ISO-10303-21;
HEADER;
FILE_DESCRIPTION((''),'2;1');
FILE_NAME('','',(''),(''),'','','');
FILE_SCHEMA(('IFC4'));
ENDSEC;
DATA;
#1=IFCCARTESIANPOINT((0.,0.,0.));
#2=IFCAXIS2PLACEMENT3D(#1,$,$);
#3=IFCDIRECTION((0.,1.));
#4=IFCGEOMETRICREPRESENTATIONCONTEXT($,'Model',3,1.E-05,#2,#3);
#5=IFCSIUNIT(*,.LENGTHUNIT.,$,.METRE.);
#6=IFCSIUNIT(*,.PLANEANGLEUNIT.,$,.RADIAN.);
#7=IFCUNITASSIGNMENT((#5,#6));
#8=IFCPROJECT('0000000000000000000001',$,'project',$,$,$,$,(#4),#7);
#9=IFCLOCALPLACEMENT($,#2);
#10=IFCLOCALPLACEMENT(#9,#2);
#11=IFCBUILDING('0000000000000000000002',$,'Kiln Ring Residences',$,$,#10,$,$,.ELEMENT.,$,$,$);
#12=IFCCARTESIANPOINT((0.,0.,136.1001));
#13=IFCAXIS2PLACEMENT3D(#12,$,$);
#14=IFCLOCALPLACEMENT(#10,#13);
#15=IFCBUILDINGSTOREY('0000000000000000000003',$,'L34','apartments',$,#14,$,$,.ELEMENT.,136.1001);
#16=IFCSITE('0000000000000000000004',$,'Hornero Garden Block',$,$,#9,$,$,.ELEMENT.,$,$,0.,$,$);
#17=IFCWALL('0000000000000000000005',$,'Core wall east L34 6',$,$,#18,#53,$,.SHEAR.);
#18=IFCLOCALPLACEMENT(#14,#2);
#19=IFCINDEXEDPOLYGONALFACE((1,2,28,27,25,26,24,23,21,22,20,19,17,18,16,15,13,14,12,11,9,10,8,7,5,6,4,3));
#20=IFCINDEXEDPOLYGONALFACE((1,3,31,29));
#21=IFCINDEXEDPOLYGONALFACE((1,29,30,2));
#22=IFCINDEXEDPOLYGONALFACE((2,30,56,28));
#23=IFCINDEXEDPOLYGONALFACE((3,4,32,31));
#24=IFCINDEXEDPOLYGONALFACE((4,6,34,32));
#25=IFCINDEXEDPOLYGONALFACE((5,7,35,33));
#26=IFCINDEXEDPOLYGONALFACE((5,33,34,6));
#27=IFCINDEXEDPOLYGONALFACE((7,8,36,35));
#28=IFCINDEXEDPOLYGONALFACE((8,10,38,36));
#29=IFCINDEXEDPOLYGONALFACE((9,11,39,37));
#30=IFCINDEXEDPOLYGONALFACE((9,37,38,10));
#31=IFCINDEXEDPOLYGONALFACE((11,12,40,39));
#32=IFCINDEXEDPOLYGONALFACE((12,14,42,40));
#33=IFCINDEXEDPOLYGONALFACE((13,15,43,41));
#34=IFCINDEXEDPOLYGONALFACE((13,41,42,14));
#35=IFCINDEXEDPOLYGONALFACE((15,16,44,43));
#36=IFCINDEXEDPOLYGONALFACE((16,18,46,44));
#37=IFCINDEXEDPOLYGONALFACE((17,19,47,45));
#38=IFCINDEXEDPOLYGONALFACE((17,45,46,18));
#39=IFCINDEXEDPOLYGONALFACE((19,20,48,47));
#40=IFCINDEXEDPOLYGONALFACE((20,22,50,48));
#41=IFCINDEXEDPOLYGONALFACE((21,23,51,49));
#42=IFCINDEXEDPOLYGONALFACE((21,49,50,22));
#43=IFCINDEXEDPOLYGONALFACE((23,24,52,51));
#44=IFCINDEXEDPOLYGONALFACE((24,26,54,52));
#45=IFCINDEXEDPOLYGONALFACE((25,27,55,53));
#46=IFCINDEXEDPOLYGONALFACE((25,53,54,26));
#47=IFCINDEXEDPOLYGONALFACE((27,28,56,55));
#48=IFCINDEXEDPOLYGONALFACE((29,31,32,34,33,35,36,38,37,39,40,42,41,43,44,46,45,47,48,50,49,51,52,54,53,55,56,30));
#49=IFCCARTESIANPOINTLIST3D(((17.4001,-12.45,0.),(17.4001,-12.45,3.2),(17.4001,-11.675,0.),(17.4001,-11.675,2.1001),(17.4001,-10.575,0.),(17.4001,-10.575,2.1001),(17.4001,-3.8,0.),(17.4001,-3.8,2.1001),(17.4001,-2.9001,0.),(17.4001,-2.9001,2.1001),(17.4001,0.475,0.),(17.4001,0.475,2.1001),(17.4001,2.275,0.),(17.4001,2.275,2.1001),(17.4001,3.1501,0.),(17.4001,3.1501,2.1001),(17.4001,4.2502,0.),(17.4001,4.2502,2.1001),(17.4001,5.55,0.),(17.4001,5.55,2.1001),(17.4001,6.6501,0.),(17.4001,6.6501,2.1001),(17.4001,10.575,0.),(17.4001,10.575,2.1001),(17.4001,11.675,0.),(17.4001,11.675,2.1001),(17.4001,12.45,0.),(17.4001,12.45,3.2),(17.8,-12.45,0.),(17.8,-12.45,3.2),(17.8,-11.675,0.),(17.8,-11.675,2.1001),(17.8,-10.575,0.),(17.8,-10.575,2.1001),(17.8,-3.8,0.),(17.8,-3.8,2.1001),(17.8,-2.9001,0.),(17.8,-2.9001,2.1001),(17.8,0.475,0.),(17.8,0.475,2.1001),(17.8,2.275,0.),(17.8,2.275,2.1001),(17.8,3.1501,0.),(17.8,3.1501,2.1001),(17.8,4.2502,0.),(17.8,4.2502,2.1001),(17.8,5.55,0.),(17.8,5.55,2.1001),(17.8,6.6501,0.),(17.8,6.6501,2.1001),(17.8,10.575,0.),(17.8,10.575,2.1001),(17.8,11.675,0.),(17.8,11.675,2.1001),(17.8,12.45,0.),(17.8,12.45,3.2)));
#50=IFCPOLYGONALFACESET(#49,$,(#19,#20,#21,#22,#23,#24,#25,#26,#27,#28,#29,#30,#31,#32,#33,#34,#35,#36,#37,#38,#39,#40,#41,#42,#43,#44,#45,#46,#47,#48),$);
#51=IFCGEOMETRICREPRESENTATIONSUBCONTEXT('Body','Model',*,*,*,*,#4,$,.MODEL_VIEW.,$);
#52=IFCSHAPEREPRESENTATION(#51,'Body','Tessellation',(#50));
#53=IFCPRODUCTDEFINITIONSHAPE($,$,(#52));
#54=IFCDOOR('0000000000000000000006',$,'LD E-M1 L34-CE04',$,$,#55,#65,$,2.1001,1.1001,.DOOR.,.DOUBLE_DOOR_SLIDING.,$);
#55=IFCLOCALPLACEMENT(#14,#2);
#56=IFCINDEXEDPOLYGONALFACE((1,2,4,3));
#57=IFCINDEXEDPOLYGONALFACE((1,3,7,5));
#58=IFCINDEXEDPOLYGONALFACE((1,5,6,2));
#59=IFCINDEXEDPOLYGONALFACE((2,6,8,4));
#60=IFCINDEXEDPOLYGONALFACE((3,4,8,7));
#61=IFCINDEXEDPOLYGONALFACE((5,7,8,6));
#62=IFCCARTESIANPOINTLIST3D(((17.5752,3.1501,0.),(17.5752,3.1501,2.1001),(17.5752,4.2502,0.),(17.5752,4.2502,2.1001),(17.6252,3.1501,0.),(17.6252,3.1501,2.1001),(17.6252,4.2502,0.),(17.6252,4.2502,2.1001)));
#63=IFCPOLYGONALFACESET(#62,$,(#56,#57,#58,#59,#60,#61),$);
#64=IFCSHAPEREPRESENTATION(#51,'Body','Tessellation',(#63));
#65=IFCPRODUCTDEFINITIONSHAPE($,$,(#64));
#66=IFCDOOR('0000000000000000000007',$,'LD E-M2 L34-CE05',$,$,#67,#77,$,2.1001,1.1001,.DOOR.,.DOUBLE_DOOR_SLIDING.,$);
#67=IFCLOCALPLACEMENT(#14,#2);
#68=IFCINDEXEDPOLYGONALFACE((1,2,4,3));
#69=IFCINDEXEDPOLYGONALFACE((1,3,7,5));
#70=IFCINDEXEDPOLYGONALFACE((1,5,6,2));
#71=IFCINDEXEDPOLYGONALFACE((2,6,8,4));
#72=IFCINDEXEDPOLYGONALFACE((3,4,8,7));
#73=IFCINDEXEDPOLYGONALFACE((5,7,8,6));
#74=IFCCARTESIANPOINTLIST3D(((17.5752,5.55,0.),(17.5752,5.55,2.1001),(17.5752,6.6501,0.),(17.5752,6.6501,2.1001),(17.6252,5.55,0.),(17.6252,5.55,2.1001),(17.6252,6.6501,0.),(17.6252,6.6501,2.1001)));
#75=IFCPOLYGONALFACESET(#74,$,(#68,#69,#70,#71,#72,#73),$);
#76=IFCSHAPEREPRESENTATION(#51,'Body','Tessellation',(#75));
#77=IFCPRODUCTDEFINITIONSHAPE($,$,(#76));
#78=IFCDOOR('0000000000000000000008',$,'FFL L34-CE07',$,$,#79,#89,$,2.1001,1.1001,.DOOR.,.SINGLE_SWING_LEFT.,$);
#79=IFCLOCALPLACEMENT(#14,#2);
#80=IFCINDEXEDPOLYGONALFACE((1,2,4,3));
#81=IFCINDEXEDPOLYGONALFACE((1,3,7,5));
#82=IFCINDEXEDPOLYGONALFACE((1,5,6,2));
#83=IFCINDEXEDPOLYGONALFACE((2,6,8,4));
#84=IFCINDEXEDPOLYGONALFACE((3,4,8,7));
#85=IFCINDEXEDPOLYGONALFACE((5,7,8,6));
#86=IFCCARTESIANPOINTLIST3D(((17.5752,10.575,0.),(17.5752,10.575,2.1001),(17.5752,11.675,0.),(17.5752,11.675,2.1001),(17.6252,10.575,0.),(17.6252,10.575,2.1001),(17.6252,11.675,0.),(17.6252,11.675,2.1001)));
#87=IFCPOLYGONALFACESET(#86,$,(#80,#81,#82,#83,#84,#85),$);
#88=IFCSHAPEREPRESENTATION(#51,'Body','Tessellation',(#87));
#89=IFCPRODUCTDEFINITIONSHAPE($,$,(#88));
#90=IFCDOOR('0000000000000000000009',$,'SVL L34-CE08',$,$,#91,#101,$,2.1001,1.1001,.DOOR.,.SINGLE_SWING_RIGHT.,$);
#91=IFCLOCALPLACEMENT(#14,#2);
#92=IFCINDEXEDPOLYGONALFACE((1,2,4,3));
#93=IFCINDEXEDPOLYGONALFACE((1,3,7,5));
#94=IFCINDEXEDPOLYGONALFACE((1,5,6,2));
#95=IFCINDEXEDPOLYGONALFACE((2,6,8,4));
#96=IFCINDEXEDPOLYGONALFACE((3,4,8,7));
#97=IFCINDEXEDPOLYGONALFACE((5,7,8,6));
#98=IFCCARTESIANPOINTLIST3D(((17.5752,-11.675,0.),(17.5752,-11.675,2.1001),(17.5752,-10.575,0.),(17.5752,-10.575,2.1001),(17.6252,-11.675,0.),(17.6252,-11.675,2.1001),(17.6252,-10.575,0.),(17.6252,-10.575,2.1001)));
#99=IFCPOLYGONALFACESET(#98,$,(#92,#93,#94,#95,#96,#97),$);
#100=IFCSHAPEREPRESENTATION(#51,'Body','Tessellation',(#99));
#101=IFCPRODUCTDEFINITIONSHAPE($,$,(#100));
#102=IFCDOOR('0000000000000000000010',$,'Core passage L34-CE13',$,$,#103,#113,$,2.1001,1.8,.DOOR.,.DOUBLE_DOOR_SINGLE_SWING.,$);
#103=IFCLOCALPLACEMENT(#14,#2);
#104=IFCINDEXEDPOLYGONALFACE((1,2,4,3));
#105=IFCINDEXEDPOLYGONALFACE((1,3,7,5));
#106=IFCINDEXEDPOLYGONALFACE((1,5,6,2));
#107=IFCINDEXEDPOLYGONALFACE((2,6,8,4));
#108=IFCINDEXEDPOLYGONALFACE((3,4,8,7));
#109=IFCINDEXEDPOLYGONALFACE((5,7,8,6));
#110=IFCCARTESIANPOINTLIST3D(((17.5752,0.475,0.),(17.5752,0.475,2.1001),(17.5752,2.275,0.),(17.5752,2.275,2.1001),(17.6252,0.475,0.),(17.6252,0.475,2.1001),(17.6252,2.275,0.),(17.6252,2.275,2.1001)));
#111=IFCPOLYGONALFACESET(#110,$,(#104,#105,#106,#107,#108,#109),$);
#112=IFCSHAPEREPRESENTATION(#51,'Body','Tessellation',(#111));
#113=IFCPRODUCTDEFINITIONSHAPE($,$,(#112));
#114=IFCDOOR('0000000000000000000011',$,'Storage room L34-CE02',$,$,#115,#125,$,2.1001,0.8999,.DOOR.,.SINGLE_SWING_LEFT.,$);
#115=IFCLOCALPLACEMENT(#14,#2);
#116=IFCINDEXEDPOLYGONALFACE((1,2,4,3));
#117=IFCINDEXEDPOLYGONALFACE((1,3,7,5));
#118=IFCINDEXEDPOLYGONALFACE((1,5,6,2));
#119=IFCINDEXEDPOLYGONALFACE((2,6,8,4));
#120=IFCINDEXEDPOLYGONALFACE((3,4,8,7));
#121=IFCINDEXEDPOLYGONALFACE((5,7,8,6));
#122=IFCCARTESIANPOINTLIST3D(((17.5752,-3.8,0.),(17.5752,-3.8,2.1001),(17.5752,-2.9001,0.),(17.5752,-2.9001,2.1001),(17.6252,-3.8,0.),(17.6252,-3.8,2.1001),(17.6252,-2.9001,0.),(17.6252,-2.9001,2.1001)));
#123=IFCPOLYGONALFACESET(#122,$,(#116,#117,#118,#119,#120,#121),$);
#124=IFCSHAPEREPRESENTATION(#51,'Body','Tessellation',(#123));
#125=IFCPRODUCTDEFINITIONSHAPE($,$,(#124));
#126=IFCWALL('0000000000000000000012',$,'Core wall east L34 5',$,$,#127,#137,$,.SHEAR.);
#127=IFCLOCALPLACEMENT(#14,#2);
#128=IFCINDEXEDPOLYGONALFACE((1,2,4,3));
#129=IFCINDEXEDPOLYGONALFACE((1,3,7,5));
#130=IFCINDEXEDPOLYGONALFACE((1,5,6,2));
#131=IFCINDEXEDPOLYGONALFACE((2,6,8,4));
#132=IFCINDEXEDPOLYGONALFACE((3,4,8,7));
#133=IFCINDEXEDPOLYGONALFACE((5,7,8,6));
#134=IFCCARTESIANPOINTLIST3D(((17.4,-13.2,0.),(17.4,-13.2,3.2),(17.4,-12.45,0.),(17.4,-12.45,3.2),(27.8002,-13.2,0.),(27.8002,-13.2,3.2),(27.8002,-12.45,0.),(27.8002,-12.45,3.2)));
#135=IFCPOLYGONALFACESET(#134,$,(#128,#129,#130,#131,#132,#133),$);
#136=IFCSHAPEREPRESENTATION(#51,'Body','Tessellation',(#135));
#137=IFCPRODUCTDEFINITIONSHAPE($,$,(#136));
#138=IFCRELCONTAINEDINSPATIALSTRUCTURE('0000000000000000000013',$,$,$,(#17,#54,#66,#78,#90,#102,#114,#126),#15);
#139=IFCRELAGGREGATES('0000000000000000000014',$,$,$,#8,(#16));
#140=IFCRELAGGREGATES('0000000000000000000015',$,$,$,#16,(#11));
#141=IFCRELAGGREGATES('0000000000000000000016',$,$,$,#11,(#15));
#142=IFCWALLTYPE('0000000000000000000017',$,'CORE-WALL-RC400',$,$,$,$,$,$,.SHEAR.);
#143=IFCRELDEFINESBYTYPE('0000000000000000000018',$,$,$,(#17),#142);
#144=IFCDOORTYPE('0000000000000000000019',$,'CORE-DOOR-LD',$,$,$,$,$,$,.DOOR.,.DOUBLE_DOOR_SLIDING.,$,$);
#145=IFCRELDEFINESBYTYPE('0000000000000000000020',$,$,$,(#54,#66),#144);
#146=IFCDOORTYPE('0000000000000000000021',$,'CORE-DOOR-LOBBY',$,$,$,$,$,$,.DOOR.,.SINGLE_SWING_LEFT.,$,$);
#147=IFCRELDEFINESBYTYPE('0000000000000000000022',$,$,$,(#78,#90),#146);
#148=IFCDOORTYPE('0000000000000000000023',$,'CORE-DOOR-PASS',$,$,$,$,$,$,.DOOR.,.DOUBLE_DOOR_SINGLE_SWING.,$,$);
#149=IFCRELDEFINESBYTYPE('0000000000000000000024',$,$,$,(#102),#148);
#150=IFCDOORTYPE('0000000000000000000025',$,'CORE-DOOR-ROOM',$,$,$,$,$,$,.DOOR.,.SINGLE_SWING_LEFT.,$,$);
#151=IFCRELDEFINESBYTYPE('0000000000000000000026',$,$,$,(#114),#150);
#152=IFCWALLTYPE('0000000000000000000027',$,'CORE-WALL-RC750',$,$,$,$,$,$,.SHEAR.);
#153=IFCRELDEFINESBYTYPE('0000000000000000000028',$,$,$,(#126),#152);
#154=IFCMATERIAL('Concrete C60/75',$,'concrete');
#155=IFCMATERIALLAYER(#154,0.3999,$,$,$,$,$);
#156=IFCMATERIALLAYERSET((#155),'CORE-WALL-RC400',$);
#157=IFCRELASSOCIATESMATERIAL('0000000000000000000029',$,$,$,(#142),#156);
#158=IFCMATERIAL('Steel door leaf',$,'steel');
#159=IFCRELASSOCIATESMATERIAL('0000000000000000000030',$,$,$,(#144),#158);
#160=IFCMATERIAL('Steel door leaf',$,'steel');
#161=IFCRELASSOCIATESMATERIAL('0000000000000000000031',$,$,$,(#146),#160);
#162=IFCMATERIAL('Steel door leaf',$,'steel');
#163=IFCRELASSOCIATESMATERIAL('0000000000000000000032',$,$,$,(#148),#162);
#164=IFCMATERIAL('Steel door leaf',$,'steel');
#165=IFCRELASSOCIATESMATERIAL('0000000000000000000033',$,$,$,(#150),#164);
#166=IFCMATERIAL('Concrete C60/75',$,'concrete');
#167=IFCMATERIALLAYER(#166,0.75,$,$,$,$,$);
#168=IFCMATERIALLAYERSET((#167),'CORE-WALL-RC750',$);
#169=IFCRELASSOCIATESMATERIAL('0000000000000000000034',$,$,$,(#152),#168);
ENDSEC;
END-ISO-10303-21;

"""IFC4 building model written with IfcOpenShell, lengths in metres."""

from ifc_helpers import new_model, si_unit, direction, frame, frame_2d, origin, place, context, subcontext, project, spatial, rectangle, extrude, material, layer, layer_set, type_object, element, fill, save


model = new_model("IFC4")

# Units and contexts
model_context = context("Model", 3, precision=1e-05, world=origin(), true_north=direction((0.0, 1.0)))
body_context = subcontext(model_context, "Body", "Model", "MODEL_VIEW")
ifc_project = project(units=[si_unit("LENGTHUNIT", "METRE"), si_unit("PLANEANGLEUNIT", "RADIAN")], contexts=[model_context])

# Site, building, storey
site_placement = place(None, origin())
site = spatial("IfcSite", under=ifc_project, at=site_placement, Name="Hornero Garden Block", CompositionType="ELEMENT", RefElevation=0.0)
building_placement = place(site_placement, origin())
building = spatial("IfcBuilding", under=site, at=building_placement, Name="Kiln Ring Residences", CompositionType="ELEMENT")
storey_placement = place(building_placement, frame((0.0, 0.0, 136.1001)))
storey = spatial("IfcBuildingStorey", under=building, at=storey_placement, Name="L34", Description="apartments", CompositionType="ELEMENT", Elevation=136.1001)

# Wall, openings, doors
ifc_material_1 = material(Name="Concrete C60/75", Category="concrete")
ifc_layer_1 = layer(ifc_material_1, 0.3999)
ifc_layer_set_1 = layer_set([ifc_layer_1], Name="CORE-WALL-RC400")
wall_type_1 = type_object("IfcWallType", Name="CORE-WALL-RC400", PredefinedType="SHEAR", material=ifc_layer_set_1)
wall_1_placement = place(storey_placement, frame((17.6001, -12.45, 0.0), z_axis=(0.0, 0.0, 1.0), x_axis=(0.0, 1.0, 0.0)))
wall_1 = element("IfcWall", 1, at=wall_1_placement, inside=storey, type_object=wall_type_1, Name="Core wall east L34 6", PredefinedType="SHEAR", context=body_context, shape_type="SweptSolid", body=[
    extrude(rectangle(XDim=24.8999, YDim=0.3999, at=frame_2d((12.45, 0.0))), origin(), (0.0, 0.0, 1.0), 3.2),
])
opening_1_placement = place(wall_1_placement, frame((8.6499, 0.0, 0.0)))
opening_1 = element("IfcOpeningElement", 2, at=opening_1_placement, cuts=wall_1, PredefinedType="OPENING", context=body_context, shape_type="SweptSolid", body=[
    extrude(rectangle(XDim=0.8999, YDim=2.1001, at=frame_2d((0.45, 1.05))), frame((0.0, 0.21, 0.0), z_axis=(0.0, -1.0, 0.0), x_axis=(1.0, 0.0, 0.0)), (0.0, 0.0, 1.0), 0.4199),
])
opening_2_placement = place(wall_1_placement, frame((15.6001, 0.0, 0.0)))
opening_2 = element("IfcOpeningElement", 3, at=opening_2_placement, cuts=wall_1, PredefinedType="OPENING", context=body_context, shape_type="SweptSolid", body=[
    extrude(rectangle(XDim=1.1001, YDim=2.1001, at=frame_2d((0.55, 1.05))), frame((0.0, 0.21, 0.0), z_axis=(0.0, -1.0, 0.0), x_axis=(1.0, 0.0, 0.0)), (0.0, 0.0, 1.0), 0.4199),
])
opening_3_placement = place(wall_1_placement, frame((18.0, 0.0, 0.0)))
opening_3 = element("IfcOpeningElement", 4, at=opening_3_placement, cuts=wall_1, PredefinedType="OPENING", context=body_context, shape_type="SweptSolid", body=[
    extrude(rectangle(XDim=1.1001, YDim=2.1001, at=frame_2d((0.55, 1.05))), frame((0.0, 0.21, 0.0), z_axis=(0.0, -1.0, 0.0), x_axis=(1.0, 0.0, 0.0)), (0.0, 0.0, 1.0), 0.4199),
])
opening_4_placement = place(wall_1_placement, frame((23.0249, 0.0, 0.0)))
opening_4 = element("IfcOpeningElement", 5, at=opening_4_placement, cuts=wall_1, PredefinedType="OPENING", context=body_context, shape_type="SweptSolid", body=[
    extrude(rectangle(XDim=1.1001, YDim=2.1001, at=frame_2d((0.55, 1.05))), frame((0.0, 0.21, 0.0), z_axis=(0.0, -1.0, 0.0), x_axis=(1.0, 0.0, 0.0)), (0.0, 0.0, 1.0), 0.4199),
])
opening_5_placement = place(wall_1_placement, frame((0.7749, 0.0, 0.0)))
opening_5 = element("IfcOpeningElement", 6, at=opening_5_placement, cuts=wall_1, PredefinedType="OPENING", context=body_context, shape_type="SweptSolid", body=[
    extrude(rectangle(XDim=1.1001, YDim=2.1001, at=frame_2d((0.55, 1.05))), frame((0.0, 0.21, 0.0), z_axis=(0.0, -1.0, 0.0), x_axis=(1.0, 0.0, 0.0)), (0.0, 0.0, 1.0), 0.4199),
])
opening_6_placement = place(wall_1_placement, frame((12.925, 0.0, 0.0)))
opening_6 = element("IfcOpeningElement", 7, at=opening_6_placement, cuts=wall_1, PredefinedType="OPENING", context=body_context, shape_type="SweptSolid", body=[
    extrude(rectangle(XDim=1.8, YDim=2.1001, at=frame_2d((0.8999, 1.05))), frame((0.0, 0.21, 0.0), z_axis=(0.0, -1.0, 0.0), x_axis=(1.0, 0.0, 0.0)), (0.0, 0.0, 1.0), 0.4199),
])
ifc_material_2 = material(Name="Steel door leaf", Category="steel")
door_type_1 = type_object("IfcDoorType", Name="CORE-DOOR-LD", OperationType="DOUBLE_DOOR_SLIDING", PredefinedType="DOOR", material=ifc_material_2)
door_1_placement = place(opening_2_placement, origin())
door_1 = element("IfcDoor", 8, at=door_1_placement, inside=storey, type_object=door_type_1, Name="LD E-M1 L34-CE04", OperationType="DOUBLE_DOOR_SLIDING", OverallHeight=2.1001, OverallWidth=1.1001, PredefinedType="DOOR", context=body_context, shape_type="SweptSolid", body=[
    extrude(rectangle(XDim=1.1001, YDim=2.1001, at=frame_2d((0.55, 1.05))), frame((0.0, 0.0249, 0.0), z_axis=(0.0, -1.0, 0.0), x_axis=(1.0, 0.0, 0.0)), (0.0, 0.0, 1.0), 0.05),
])
fill(opening_2, door_1)
door_2_placement = place(opening_3_placement, origin())
door_2 = element("IfcDoor", 9, at=door_2_placement, inside=storey, type_object=door_type_1, Name="LD E-M2 L34-CE05", OperationType="DOUBLE_DOOR_SLIDING", OverallHeight=2.1001, OverallWidth=1.1001, PredefinedType="DOOR", context=body_context, shape_type="SweptSolid", body=[
    extrude(rectangle(XDim=1.1001, YDim=2.1001, at=frame_2d((0.55, 1.05))), frame((0.0, 0.0249, 0.0), z_axis=(0.0, -1.0, 0.0), x_axis=(1.0, 0.0, 0.0)), (0.0, 0.0, 1.0), 0.05),
])
fill(opening_3, door_2)
ifc_material_3 = material(Name="Steel door leaf", Category="steel")
door_type_2 = type_object("IfcDoorType", Name="CORE-DOOR-LOBBY", OperationType="SINGLE_SWING_LEFT", PredefinedType="DOOR", material=ifc_material_3)
door_3_placement = place(opening_4_placement, origin())
door_3 = element("IfcDoor", 10, at=door_3_placement, inside=storey, type_object=door_type_2, Name="FFL L34-CE07", OperationType="SINGLE_SWING_LEFT", OverallHeight=2.1001, OverallWidth=1.1001, PredefinedType="DOOR", context=body_context, shape_type="SweptSolid", body=[
    extrude(rectangle(XDim=1.1001, YDim=2.1001, at=frame_2d((0.55, 1.05))), frame((0.0, 0.0249, 0.0), z_axis=(0.0, -1.0, 0.0), x_axis=(1.0, 0.0, 0.0)), (0.0, 0.0, 1.0), 0.05),
])
fill(opening_4, door_3)
door_4_placement = place(opening_5_placement, origin())
door_4 = element("IfcDoor", 11, at=door_4_placement, inside=storey, type_object=door_type_2, Name="SVL L34-CE08", OperationType="SINGLE_SWING_RIGHT", OverallHeight=2.1001, OverallWidth=1.1001, PredefinedType="DOOR", context=body_context, shape_type="SweptSolid", body=[
    extrude(rectangle(XDim=1.1001, YDim=2.1001, at=frame_2d((0.55, 1.05))), frame((0.0, 0.0249, 0.0), z_axis=(0.0, -1.0, 0.0), x_axis=(1.0, 0.0, 0.0)), (0.0, 0.0, 1.0), 0.05),
])
fill(opening_5, door_4)
ifc_material_4 = material(Name="Steel door leaf", Category="steel")
door_type_3 = type_object("IfcDoorType", Name="CORE-DOOR-PASS", OperationType="DOUBLE_DOOR_SINGLE_SWING", PredefinedType="DOOR", material=ifc_material_4)
door_5_placement = place(opening_6_placement, origin())
door_5 = element("IfcDoor", 12, at=door_5_placement, inside=storey, type_object=door_type_3, Name="Core passage L34-CE13", OperationType="DOUBLE_DOOR_SINGLE_SWING", OverallHeight=2.1001, OverallWidth=1.8, PredefinedType="DOOR", context=body_context, shape_type="SweptSolid", body=[
    extrude(rectangle(XDim=1.8, YDim=2.1001, at=frame_2d((0.8999, 1.05))), frame((0.0, 0.0249, 0.0), z_axis=(0.0, -1.0, 0.0), x_axis=(1.0, 0.0, 0.0)), (0.0, 0.0, 1.0), 0.05),
])
fill(opening_6, door_5)
ifc_material_5 = material(Name="Steel door leaf", Category="steel")
door_type_4 = type_object("IfcDoorType", Name="CORE-DOOR-ROOM", OperationType="SINGLE_SWING_LEFT", PredefinedType="DOOR", material=ifc_material_5)
door_6_placement = place(opening_1_placement, origin())
door_6 = element("IfcDoor", 13, at=door_6_placement, inside=storey, type_object=door_type_4, Name="Storage room L34-CE02", OperationType="SINGLE_SWING_LEFT", OverallHeight=2.1001, OverallWidth=0.8999, PredefinedType="DOOR", context=body_context, shape_type="SweptSolid", body=[
    extrude(rectangle(XDim=0.8999, YDim=2.1001, at=frame_2d((0.45, 1.05))), frame((0.0, 0.0249, 0.0), z_axis=(0.0, -1.0, 0.0), x_axis=(1.0, 0.0, 0.0)), (0.0, 0.0, 1.0), 0.05),
])
fill(opening_1, door_6)

# Wall
ifc_material_6 = material(Name="Concrete C60/75", Category="concrete")
ifc_layer_2 = layer(ifc_material_6, 0.75)
ifc_layer_set_2 = layer_set([ifc_layer_2], Name="CORE-WALL-RC750")
wall_type_2 = type_object("IfcWallType", Name="CORE-WALL-RC750", PredefinedType="SHEAR", material=ifc_layer_set_2)
wall_2_placement = place(storey_placement, frame((17.3999, -12.825, 0.0), z_axis=(0.0, 0.0, 1.0), x_axis=(1.0, 0.0, 0.0)))
element("IfcWall", 14, at=wall_2_placement, inside=storey, type_object=wall_type_2, Name="Core wall east L34 5", PredefinedType="SHEAR", context=body_context, shape_type="SweptSolid", body=[
    extrude(rectangle(XDim=10.4001, YDim=0.75, at=frame_2d((5.2002, 0.0))), origin(), (0.0, 0.0, 1.0), 3.2),
])

save(model, "model.ifc")
